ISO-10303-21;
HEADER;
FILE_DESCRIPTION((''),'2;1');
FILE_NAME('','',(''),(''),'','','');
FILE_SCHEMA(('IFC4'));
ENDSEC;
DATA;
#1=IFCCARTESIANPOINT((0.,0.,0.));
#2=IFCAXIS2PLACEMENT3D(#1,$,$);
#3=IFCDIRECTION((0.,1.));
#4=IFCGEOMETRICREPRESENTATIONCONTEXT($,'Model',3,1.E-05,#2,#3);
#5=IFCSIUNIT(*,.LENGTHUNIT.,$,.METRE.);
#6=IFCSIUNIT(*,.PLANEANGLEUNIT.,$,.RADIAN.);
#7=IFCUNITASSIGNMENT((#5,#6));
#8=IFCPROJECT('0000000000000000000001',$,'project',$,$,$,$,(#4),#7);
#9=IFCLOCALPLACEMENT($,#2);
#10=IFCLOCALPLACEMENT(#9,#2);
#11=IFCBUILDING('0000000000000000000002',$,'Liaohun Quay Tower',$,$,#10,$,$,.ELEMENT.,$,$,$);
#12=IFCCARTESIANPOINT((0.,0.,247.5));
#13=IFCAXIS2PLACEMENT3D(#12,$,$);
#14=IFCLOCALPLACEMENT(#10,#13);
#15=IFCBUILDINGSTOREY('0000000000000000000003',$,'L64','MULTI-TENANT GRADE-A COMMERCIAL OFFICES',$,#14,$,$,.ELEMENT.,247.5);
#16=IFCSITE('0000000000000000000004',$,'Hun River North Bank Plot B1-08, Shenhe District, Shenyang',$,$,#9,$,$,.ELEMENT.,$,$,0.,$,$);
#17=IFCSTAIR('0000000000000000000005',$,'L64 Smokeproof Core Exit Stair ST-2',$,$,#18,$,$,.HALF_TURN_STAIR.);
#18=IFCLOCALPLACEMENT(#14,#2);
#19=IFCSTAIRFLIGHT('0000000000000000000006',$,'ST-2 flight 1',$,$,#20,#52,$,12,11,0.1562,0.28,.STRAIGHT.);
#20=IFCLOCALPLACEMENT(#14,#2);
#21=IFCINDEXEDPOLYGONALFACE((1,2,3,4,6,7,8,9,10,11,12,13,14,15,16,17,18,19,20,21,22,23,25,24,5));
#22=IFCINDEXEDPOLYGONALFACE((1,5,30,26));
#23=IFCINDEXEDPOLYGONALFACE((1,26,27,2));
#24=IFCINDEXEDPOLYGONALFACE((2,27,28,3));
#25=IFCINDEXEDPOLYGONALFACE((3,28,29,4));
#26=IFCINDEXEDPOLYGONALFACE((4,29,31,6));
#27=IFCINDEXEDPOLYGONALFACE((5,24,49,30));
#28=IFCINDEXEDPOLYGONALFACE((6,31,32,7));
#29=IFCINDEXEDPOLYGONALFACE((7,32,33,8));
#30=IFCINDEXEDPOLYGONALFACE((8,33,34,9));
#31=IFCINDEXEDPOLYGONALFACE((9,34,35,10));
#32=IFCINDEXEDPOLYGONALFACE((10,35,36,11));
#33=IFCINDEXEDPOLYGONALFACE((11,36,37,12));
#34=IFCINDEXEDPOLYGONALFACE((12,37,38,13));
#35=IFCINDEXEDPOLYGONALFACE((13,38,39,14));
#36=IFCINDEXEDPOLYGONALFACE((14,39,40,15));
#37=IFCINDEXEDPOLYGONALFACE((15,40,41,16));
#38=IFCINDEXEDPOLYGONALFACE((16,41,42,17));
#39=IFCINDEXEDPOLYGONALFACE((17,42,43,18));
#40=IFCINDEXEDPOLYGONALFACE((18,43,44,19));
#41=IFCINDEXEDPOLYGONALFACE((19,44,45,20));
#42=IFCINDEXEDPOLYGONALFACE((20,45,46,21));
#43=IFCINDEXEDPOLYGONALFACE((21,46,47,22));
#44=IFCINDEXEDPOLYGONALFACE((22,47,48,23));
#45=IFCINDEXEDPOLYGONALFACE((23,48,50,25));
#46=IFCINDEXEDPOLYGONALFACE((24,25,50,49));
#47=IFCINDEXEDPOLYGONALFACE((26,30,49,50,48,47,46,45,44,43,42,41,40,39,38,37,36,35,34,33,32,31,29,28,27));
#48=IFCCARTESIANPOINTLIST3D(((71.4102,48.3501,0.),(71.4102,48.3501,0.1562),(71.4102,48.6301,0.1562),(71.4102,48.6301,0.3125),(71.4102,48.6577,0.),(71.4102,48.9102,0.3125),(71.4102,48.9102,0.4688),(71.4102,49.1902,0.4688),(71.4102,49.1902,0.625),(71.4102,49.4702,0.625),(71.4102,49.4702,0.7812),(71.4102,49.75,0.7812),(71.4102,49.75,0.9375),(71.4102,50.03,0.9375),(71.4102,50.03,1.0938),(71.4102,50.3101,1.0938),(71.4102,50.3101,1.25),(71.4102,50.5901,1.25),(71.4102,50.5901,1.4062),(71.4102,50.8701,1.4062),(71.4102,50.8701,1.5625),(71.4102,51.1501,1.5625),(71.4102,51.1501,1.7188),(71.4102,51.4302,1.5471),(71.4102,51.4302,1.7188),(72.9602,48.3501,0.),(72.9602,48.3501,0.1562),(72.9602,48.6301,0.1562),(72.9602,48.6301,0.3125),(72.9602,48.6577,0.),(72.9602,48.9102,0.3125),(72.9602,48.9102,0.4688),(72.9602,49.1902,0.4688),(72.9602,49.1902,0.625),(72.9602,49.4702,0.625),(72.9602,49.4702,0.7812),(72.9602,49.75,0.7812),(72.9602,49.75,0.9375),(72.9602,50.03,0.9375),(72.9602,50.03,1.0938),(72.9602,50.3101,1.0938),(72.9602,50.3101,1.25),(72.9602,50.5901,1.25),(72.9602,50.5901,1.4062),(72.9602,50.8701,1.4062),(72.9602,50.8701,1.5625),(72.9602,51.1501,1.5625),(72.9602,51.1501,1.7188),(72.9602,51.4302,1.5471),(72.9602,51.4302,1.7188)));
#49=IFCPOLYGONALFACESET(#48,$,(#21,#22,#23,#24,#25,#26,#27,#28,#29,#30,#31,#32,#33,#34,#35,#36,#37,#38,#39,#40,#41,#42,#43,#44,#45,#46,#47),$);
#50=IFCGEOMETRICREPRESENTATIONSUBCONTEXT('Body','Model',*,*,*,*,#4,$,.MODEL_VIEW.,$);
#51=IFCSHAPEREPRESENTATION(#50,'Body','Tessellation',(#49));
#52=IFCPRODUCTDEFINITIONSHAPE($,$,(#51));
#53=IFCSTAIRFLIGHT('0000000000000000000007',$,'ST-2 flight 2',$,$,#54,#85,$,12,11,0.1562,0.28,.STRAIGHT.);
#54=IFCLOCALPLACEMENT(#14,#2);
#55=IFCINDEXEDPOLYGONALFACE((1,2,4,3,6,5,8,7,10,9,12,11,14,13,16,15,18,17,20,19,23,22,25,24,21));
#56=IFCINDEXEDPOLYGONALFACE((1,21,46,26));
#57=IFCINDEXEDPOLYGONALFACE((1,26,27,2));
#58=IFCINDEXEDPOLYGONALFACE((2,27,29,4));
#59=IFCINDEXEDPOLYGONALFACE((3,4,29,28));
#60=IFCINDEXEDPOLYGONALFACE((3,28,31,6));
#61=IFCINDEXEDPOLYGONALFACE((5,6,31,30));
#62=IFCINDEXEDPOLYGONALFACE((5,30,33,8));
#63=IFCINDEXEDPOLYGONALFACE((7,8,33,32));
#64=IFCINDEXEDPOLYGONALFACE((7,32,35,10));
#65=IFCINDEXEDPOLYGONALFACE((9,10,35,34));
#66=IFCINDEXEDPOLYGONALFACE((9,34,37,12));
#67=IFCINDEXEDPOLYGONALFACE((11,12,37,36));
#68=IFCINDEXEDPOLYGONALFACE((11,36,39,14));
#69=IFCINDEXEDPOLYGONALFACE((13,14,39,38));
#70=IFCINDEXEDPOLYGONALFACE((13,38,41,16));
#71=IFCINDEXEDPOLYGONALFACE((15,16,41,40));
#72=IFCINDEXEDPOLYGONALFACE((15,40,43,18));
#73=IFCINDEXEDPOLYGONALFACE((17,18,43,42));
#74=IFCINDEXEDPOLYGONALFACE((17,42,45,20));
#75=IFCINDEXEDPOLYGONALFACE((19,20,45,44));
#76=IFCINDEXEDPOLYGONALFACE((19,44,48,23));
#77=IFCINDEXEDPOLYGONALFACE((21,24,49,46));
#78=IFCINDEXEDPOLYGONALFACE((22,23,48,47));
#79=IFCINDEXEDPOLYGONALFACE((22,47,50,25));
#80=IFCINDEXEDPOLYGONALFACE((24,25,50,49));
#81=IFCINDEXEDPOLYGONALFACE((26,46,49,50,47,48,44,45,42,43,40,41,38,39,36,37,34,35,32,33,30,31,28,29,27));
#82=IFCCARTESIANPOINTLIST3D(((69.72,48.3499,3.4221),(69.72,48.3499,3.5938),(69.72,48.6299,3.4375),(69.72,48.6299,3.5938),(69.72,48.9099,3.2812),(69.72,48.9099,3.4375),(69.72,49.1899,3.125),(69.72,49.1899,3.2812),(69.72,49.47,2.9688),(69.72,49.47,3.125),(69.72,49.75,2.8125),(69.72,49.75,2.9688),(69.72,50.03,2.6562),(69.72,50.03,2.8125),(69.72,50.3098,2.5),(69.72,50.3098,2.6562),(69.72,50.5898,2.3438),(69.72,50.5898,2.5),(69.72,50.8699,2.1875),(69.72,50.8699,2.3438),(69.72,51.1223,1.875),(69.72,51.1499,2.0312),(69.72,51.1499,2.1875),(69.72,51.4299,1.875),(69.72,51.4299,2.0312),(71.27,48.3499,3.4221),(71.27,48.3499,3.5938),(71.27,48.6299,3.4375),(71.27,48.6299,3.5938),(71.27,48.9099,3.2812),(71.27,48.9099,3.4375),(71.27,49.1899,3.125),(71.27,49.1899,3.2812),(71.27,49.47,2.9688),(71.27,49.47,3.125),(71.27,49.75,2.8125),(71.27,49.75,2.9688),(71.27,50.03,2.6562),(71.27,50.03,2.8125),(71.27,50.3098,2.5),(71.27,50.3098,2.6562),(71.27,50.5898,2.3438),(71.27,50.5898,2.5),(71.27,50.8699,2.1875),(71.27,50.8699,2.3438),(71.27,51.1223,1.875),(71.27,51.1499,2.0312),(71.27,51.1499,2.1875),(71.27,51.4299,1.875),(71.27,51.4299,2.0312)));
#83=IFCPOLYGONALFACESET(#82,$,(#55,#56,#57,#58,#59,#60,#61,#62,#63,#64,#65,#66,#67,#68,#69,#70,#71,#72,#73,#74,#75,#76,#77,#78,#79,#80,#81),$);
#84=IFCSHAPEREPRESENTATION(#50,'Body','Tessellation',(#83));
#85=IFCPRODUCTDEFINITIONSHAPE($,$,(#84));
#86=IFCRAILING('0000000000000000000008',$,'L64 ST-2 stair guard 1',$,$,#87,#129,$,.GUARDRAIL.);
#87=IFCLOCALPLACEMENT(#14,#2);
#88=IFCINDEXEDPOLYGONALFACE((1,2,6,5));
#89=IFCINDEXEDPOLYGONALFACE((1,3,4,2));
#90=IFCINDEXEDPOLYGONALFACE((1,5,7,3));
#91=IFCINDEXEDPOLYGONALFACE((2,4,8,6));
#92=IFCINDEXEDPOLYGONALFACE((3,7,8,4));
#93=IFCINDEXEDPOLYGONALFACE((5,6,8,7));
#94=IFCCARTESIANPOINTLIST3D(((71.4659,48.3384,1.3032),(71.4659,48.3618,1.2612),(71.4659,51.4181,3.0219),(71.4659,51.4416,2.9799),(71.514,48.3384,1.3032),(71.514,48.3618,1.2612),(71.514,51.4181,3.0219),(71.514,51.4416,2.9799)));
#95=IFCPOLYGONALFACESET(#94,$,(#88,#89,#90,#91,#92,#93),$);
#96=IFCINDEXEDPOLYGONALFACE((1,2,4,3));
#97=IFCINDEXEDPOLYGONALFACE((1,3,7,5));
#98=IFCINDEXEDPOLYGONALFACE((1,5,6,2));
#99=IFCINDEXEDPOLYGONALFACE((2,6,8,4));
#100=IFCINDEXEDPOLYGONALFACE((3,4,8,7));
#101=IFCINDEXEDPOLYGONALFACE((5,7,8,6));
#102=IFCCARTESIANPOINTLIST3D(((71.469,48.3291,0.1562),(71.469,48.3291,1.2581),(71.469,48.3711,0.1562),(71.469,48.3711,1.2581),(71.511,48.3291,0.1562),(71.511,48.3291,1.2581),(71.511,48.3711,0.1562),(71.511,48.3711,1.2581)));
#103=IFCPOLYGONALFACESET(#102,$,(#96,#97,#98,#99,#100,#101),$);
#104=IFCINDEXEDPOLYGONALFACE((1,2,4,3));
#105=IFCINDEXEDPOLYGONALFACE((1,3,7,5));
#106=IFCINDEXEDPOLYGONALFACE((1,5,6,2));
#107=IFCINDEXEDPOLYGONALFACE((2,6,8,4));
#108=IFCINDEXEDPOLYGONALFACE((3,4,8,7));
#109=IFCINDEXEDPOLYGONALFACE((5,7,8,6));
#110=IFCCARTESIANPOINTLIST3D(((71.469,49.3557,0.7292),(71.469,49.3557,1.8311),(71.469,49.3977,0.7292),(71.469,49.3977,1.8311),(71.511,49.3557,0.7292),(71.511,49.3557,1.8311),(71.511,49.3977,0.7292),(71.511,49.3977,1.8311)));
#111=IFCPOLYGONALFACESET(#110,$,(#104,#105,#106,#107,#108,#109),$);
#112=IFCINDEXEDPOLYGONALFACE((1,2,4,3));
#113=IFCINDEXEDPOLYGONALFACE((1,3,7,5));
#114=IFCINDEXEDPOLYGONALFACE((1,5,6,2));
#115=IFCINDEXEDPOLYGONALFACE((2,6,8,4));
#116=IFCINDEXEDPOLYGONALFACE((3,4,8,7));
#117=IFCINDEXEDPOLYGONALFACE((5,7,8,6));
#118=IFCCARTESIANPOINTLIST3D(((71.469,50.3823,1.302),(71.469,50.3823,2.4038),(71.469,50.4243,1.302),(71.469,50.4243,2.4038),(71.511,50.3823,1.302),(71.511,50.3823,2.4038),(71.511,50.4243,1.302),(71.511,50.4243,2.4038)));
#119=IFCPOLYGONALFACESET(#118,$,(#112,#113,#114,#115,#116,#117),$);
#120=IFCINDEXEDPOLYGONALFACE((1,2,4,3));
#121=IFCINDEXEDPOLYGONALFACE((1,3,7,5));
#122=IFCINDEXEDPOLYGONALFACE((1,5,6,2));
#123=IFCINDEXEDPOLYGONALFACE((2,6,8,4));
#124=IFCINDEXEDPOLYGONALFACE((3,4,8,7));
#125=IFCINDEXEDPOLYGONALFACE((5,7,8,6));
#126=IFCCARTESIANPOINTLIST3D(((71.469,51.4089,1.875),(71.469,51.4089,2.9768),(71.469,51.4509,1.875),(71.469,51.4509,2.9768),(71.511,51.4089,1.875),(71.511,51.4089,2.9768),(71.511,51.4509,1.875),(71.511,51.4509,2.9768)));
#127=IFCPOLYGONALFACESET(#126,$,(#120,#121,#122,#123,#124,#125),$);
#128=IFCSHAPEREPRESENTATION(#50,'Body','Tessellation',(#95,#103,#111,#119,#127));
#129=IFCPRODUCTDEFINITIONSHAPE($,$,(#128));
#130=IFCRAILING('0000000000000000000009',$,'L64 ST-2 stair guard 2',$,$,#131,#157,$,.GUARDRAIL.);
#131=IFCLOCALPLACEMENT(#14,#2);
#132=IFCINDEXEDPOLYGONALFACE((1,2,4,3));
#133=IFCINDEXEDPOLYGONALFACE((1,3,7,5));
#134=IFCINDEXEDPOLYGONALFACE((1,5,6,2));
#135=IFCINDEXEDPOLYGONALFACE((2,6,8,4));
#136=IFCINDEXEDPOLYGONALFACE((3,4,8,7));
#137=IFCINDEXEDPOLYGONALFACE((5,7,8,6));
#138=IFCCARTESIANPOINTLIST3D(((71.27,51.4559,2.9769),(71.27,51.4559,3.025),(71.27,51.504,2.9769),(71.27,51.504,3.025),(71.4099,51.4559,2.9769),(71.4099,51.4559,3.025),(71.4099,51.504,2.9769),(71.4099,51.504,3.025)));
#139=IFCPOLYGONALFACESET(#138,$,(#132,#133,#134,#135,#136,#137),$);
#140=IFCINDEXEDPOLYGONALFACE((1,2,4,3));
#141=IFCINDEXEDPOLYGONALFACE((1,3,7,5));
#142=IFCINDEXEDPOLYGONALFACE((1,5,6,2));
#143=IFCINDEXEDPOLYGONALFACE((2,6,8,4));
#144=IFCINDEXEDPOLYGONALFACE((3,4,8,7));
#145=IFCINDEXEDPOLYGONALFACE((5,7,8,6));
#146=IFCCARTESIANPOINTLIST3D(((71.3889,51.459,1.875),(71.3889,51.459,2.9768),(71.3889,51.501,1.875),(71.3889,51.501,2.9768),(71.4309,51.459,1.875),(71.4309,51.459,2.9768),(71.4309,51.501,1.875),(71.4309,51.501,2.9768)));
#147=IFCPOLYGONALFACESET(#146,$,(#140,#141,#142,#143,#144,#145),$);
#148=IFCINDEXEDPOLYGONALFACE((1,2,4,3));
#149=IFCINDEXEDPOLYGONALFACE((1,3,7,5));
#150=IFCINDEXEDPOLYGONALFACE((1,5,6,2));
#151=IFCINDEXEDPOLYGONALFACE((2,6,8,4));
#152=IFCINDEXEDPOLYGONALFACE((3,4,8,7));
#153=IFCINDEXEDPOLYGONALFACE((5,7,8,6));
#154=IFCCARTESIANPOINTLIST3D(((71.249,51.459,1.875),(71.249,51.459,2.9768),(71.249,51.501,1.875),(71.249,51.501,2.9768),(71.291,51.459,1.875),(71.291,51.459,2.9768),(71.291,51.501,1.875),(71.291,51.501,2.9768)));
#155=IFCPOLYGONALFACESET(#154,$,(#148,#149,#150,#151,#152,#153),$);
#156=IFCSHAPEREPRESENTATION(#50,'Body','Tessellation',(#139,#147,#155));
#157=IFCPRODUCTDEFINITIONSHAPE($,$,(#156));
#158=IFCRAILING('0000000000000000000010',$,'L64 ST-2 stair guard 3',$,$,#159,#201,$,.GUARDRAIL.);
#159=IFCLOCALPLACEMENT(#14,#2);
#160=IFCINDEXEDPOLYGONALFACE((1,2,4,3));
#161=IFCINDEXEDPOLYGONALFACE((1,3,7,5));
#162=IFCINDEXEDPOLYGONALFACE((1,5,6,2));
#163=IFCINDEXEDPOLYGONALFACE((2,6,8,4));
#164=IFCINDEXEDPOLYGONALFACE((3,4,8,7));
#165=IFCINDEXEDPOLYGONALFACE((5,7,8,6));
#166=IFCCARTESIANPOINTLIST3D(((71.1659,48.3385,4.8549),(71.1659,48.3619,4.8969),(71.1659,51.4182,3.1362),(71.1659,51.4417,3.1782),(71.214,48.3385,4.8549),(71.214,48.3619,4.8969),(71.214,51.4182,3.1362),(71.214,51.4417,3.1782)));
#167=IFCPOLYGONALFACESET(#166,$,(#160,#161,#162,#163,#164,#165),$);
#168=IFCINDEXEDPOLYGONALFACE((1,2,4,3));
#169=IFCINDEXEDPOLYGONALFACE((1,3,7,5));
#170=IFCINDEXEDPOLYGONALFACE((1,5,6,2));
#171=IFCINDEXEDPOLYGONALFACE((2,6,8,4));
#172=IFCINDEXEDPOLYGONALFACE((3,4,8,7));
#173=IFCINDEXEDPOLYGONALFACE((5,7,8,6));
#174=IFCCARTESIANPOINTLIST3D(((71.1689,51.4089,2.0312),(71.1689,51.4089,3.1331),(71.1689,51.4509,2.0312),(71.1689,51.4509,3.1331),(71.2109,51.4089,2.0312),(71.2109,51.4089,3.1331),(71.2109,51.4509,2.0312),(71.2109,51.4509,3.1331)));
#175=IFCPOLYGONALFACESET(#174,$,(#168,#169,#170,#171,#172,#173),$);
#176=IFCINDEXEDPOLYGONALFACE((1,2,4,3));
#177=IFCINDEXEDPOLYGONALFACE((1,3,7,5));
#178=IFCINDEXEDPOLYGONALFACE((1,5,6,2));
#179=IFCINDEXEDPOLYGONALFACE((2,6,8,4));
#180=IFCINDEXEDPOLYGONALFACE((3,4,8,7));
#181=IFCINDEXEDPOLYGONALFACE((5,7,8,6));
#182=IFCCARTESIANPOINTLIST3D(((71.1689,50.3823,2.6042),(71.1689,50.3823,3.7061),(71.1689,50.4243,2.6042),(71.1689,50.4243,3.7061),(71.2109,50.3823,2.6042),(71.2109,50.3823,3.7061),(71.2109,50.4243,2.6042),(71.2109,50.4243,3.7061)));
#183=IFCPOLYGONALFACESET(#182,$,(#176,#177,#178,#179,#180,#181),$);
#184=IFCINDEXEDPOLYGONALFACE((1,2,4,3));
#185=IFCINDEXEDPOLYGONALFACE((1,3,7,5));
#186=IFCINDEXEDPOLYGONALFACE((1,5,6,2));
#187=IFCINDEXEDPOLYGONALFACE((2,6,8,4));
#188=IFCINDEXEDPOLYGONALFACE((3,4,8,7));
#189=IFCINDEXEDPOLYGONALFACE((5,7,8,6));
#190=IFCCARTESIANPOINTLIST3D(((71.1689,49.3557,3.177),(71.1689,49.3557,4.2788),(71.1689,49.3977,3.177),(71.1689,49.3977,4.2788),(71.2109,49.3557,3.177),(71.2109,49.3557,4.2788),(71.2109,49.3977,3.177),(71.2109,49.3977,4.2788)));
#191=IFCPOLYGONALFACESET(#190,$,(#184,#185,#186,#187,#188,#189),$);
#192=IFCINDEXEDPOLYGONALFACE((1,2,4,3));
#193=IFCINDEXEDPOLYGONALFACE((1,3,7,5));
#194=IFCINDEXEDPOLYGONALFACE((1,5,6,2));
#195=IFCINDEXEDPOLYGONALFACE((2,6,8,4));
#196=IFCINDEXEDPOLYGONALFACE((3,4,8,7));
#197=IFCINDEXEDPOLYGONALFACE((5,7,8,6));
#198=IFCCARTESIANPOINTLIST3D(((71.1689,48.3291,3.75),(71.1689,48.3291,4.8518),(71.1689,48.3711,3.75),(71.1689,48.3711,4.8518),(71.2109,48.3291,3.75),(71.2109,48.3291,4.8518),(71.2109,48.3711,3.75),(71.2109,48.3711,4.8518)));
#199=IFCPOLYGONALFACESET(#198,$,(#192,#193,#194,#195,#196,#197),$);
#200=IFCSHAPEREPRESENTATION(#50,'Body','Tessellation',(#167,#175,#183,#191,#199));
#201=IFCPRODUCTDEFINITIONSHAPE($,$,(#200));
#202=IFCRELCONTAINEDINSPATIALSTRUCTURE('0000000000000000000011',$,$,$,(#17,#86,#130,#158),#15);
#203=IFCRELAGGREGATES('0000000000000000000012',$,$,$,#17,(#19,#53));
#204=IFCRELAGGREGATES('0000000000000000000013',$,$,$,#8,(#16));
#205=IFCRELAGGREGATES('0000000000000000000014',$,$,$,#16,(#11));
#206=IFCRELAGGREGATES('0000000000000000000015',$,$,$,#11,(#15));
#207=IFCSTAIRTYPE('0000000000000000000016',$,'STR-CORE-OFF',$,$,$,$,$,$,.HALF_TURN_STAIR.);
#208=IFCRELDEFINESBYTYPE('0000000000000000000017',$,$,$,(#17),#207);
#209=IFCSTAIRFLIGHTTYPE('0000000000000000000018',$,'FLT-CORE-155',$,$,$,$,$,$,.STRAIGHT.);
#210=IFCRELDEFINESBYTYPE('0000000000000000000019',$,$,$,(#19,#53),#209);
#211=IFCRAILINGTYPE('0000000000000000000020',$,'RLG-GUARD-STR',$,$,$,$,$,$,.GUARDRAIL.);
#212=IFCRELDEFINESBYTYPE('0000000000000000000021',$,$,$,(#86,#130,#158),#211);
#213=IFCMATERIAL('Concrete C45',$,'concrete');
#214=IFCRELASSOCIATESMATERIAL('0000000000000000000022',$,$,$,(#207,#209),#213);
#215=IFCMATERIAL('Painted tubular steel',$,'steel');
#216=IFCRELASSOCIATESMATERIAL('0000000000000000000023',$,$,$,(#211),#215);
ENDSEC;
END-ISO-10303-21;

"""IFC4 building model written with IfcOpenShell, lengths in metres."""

from ifc_helpers import new_model, si_unit, direction, frame, origin, origin_2d, place, context, subcontext, project, spatial, polyline, rectangle, outline, extrude, material, type_object, element, aggregate, save


model = new_model("IFC4")

# Units and contexts
model_context = context("Model", 3, precision=1e-05, world=origin(), true_north=direction((0.0, 1.0)))
body_context = subcontext(model_context, "Body", "Model", "MODEL_VIEW")
ifc_project = project(units=[si_unit("LENGTHUNIT", "METRE"), si_unit("PLANEANGLEUNIT", "RADIAN")], contexts=[model_context])

# Site, building, storey
site_placement = place(None, origin())
site = spatial("IfcSite", under=ifc_project, at=site_placement, Name="Hun River North Bank Plot B1-08, Shenhe District, Shenyang", CompositionType="ELEMENT", RefElevation=0.0)
building_placement = place(site_placement, origin())
building = spatial("IfcBuilding", under=site, at=building_placement, Name="Liaohun Quay Tower", CompositionType="ELEMENT")
storey_placement = place(building_placement, frame((0.0, 0.0, 247.5)))
storey = spatial("IfcBuildingStorey", under=building, at=storey_placement, Name="L64", Description="MULTI-TENANT GRADE-A COMMERCIAL OFFICES", CompositionType="ELEMENT", Elevation=247.5)

# Stair, stair flights
ifc_material_1 = material(Name="Concrete C45", Category="concrete")
stair_type = type_object("IfcStairType", Name="STR-CORE-OFF", PredefinedType="HALF_TURN_STAIR", material=ifc_material_1)
stair_placement = place(storey_placement, origin())
stair = element("IfcStair", 1, at=stair_placement, inside=storey, type_object=stair_type, Name="L64 Smokeproof Core Exit Stair ST-2", PredefinedType="HALF_TURN_STAIR")
stair_flight_type = type_object("IfcStairFlightType", Name="FLT-CORE-155", PredefinedType="STRAIGHT", material=ifc_material_1)
stair_flight_1_placement = place(storey_placement, frame((72.1851, 48.3501, 0.0), z_axis=(0.0, 0.0, 1.0), x_axis=(0.0, 1.0, 0.0)))
stair_flight_1 = element("IfcStairFlight", 2, at=stair_flight_1_placement, type_object=stair_flight_type, Name="ST-2 flight 1", NumberOfRisers=12, NumberOfTreads=11, PredefinedType="STRAIGHT", RiserHeight=0.1562, TreadLength=0.28, context=body_context, shape_type="SweptSolid", body=[
    extrude(outline(polyline([(0.0, 0.0), (0.0, 0.1562), (0.28, 0.1562), (0.28, 0.3125), (0.5601, 0.3125), (0.5601, 0.4688), (0.8401, 0.4688), (0.8401, 0.625), (1.1201, 0.625), (1.1201, 0.7812), (1.3999, 0.7812), (1.3999, 0.9375), (1.6799, 0.9375), (1.6799, 1.0938), (1.96, 1.0938), (1.96, 1.25), (2.24, 1.25), (2.24, 1.4062), (2.52, 1.4062), (2.52, 1.5625), (2.8, 1.5625), (2.8, 1.7188), (3.0801, 1.7188), (3.0801, 1.875), (3.0801, 1.5471), (0.3076, 0.0), (0.0, 0.0)])), frame((0.0, 0.7749, 0.0), z_axis=(0.0, -1.0, 0.0), x_axis=(1.0, 0.0, 0.0)), (0.0, 0.0, 1.0), 1.55),
])
stair_flight_2_placement = place(storey_placement, frame((70.4951, 51.4299, 1.875), z_axis=(0.0, 0.0, 1.0), x_axis=(0.0, -1.0, 0.0)))
stair_flight_2 = element("IfcStairFlight", 3, at=stair_flight_2_placement, type_object=stair_flight_type, Name="ST-2 flight 2", NumberOfRisers=12, NumberOfTreads=11, PredefinedType="STRAIGHT", RiserHeight=0.1562, TreadLength=0.28, context=body_context, shape_type="SweptSolid", body=[
    extrude(outline(polyline([(0.0, 0.0), (0.0, 0.1562), (0.28, 0.1562), (0.28, 0.3125), (0.5601, 0.3125), (0.5601, 0.4688), (0.8401, 0.4688), (0.8401, 0.625), (1.1201, 0.625), (1.1201, 0.7812), (1.3999, 0.7812), (1.3999, 0.9375), (1.6799, 0.9375), (1.6799, 1.0938), (1.96, 1.0938), (1.96, 1.25), (2.24, 1.25), (2.24, 1.4062), (2.52, 1.4062), (2.52, 1.5625), (2.8, 1.5625), (2.8, 1.7188), (3.0801, 1.7188), (3.0801, 1.875), (3.0801, 1.5471), (0.3076, 0.0), (0.0, 0.0)])), frame((0.0, 0.7749, 0.0), z_axis=(0.0, -1.0, 0.0), x_axis=(1.0, 0.0, 0.0)), (0.0, 0.0, 1.0), 1.55),
])
aggregate(stair, [stair_flight_1, stair_flight_2])

# Railings
ifc_material_2 = material(Name="Painted tubular steel", Category="steel")
railing_type_1 = type_object("IfcRailingType", Name="RLG-GUARD-STR", PredefinedType="GUARDRAIL", material=ifc_material_2)
railing_1_placement = place(storey_placement, frame((71.49, 48.3501, 0.1562)))
element("IfcRailing", 4, at=railing_1_placement, inside=storey, type_object=railing_type_1, Name="L64 ST-2 stair guard 1", PredefinedType="GUARDRAIL", context=body_context, shape_type="SweptSolid", body=[
    extrude(rectangle(XDim=0.0481, YDim=0.0481, at=origin_2d()), frame((0.0, 0.0, 1.126), z_axis=(0.0, 0.873225, 0.487317), x_axis=(-1.0, 0.0, 0.0)), (0.0, 0.0, 1.0), 3.5269),
    extrude(rectangle(XDim=0.042, YDim=0.042, at=origin_2d()), origin(), (0.0, 0.0, 1.0), 1.1018),
    extrude(rectangle(XDim=0.042, YDim=0.042, at=origin_2d()), frame((0.0, 1.0266, 0.573)), (0.0, 0.0, 1.0), 1.1018),
    extrude(rectangle(XDim=0.042, YDim=0.042, at=origin_2d()), frame((0.0, 2.0532, 1.1458)), (0.0, 0.0, 1.0), 1.1018),
    extrude(rectangle(XDim=0.042, YDim=0.042, at=origin_2d()), frame((0.0, 3.0798, 1.7188)), (0.0, 0.0, 1.0), 1.1018),
])
railing_2_placement = place(storey_placement, frame((71.4099, 51.48, 1.875)))
element("IfcRailing", 5, at=railing_2_placement, inside=storey, type_object=railing_type_1, Name="L64 ST-2 stair guard 2", PredefinedType="GUARDRAIL", context=body_context, shape_type="SweptSolid", body=[
    extrude(rectangle(XDim=0.0481, YDim=0.0481, at=origin_2d()), frame((0.0, 0.0, 1.126), z_axis=(-1.0, 0.0, 0.0), x_axis=(0.0, -1.0, 0.0)), (0.0, 0.0, 1.0), 0.1399),
    extrude(rectangle(XDim=0.042, YDim=0.042, at=origin_2d()), origin(), (0.0, 0.0, 1.0), 1.1018),
    extrude(rectangle(XDim=0.042, YDim=0.042, at=origin_2d()), frame((-0.1399, 0.0, 0.0)), (0.0, 0.0, 1.0), 1.1018),
])
railing_3_placement = place(storey_placement, frame((71.1899, 51.4299, 2.0312)))
element("IfcRailing", 6, at=railing_3_placement, inside=storey, type_object=railing_type_1, Name="L64 ST-2 stair guard 3", PredefinedType="GUARDRAIL", context=body_context, shape_type="SweptSolid", body=[
    extrude(rectangle(XDim=0.0481, YDim=0.0481, at=origin_2d()), frame((0.0, 0.0, 1.126), z_axis=(0.0, -0.873225, 0.487317), x_axis=(1.0, 0.0, 0.0)), (0.0, 0.0, 1.0), 3.5269),
    extrude(rectangle(XDim=0.042, YDim=0.042, at=origin_2d()), origin(), (0.0, 0.0, 1.0), 1.1018),
    extrude(rectangle(XDim=0.042, YDim=0.042, at=origin_2d()), frame((0.0, -1.0266, 0.573)), (0.0, 0.0, 1.0), 1.1018),
    extrude(rectangle(XDim=0.042, YDim=0.042, at=origin_2d()), frame((0.0, -2.0532, 1.1458)), (0.0, 0.0, 1.0), 1.1018),
    extrude(rectangle(XDim=0.042, YDim=0.042, at=origin_2d()), frame((0.0, -3.0798, 1.7188)), (0.0, 0.0, 1.0), 1.1018),
])

save(model, "model.ifc")
